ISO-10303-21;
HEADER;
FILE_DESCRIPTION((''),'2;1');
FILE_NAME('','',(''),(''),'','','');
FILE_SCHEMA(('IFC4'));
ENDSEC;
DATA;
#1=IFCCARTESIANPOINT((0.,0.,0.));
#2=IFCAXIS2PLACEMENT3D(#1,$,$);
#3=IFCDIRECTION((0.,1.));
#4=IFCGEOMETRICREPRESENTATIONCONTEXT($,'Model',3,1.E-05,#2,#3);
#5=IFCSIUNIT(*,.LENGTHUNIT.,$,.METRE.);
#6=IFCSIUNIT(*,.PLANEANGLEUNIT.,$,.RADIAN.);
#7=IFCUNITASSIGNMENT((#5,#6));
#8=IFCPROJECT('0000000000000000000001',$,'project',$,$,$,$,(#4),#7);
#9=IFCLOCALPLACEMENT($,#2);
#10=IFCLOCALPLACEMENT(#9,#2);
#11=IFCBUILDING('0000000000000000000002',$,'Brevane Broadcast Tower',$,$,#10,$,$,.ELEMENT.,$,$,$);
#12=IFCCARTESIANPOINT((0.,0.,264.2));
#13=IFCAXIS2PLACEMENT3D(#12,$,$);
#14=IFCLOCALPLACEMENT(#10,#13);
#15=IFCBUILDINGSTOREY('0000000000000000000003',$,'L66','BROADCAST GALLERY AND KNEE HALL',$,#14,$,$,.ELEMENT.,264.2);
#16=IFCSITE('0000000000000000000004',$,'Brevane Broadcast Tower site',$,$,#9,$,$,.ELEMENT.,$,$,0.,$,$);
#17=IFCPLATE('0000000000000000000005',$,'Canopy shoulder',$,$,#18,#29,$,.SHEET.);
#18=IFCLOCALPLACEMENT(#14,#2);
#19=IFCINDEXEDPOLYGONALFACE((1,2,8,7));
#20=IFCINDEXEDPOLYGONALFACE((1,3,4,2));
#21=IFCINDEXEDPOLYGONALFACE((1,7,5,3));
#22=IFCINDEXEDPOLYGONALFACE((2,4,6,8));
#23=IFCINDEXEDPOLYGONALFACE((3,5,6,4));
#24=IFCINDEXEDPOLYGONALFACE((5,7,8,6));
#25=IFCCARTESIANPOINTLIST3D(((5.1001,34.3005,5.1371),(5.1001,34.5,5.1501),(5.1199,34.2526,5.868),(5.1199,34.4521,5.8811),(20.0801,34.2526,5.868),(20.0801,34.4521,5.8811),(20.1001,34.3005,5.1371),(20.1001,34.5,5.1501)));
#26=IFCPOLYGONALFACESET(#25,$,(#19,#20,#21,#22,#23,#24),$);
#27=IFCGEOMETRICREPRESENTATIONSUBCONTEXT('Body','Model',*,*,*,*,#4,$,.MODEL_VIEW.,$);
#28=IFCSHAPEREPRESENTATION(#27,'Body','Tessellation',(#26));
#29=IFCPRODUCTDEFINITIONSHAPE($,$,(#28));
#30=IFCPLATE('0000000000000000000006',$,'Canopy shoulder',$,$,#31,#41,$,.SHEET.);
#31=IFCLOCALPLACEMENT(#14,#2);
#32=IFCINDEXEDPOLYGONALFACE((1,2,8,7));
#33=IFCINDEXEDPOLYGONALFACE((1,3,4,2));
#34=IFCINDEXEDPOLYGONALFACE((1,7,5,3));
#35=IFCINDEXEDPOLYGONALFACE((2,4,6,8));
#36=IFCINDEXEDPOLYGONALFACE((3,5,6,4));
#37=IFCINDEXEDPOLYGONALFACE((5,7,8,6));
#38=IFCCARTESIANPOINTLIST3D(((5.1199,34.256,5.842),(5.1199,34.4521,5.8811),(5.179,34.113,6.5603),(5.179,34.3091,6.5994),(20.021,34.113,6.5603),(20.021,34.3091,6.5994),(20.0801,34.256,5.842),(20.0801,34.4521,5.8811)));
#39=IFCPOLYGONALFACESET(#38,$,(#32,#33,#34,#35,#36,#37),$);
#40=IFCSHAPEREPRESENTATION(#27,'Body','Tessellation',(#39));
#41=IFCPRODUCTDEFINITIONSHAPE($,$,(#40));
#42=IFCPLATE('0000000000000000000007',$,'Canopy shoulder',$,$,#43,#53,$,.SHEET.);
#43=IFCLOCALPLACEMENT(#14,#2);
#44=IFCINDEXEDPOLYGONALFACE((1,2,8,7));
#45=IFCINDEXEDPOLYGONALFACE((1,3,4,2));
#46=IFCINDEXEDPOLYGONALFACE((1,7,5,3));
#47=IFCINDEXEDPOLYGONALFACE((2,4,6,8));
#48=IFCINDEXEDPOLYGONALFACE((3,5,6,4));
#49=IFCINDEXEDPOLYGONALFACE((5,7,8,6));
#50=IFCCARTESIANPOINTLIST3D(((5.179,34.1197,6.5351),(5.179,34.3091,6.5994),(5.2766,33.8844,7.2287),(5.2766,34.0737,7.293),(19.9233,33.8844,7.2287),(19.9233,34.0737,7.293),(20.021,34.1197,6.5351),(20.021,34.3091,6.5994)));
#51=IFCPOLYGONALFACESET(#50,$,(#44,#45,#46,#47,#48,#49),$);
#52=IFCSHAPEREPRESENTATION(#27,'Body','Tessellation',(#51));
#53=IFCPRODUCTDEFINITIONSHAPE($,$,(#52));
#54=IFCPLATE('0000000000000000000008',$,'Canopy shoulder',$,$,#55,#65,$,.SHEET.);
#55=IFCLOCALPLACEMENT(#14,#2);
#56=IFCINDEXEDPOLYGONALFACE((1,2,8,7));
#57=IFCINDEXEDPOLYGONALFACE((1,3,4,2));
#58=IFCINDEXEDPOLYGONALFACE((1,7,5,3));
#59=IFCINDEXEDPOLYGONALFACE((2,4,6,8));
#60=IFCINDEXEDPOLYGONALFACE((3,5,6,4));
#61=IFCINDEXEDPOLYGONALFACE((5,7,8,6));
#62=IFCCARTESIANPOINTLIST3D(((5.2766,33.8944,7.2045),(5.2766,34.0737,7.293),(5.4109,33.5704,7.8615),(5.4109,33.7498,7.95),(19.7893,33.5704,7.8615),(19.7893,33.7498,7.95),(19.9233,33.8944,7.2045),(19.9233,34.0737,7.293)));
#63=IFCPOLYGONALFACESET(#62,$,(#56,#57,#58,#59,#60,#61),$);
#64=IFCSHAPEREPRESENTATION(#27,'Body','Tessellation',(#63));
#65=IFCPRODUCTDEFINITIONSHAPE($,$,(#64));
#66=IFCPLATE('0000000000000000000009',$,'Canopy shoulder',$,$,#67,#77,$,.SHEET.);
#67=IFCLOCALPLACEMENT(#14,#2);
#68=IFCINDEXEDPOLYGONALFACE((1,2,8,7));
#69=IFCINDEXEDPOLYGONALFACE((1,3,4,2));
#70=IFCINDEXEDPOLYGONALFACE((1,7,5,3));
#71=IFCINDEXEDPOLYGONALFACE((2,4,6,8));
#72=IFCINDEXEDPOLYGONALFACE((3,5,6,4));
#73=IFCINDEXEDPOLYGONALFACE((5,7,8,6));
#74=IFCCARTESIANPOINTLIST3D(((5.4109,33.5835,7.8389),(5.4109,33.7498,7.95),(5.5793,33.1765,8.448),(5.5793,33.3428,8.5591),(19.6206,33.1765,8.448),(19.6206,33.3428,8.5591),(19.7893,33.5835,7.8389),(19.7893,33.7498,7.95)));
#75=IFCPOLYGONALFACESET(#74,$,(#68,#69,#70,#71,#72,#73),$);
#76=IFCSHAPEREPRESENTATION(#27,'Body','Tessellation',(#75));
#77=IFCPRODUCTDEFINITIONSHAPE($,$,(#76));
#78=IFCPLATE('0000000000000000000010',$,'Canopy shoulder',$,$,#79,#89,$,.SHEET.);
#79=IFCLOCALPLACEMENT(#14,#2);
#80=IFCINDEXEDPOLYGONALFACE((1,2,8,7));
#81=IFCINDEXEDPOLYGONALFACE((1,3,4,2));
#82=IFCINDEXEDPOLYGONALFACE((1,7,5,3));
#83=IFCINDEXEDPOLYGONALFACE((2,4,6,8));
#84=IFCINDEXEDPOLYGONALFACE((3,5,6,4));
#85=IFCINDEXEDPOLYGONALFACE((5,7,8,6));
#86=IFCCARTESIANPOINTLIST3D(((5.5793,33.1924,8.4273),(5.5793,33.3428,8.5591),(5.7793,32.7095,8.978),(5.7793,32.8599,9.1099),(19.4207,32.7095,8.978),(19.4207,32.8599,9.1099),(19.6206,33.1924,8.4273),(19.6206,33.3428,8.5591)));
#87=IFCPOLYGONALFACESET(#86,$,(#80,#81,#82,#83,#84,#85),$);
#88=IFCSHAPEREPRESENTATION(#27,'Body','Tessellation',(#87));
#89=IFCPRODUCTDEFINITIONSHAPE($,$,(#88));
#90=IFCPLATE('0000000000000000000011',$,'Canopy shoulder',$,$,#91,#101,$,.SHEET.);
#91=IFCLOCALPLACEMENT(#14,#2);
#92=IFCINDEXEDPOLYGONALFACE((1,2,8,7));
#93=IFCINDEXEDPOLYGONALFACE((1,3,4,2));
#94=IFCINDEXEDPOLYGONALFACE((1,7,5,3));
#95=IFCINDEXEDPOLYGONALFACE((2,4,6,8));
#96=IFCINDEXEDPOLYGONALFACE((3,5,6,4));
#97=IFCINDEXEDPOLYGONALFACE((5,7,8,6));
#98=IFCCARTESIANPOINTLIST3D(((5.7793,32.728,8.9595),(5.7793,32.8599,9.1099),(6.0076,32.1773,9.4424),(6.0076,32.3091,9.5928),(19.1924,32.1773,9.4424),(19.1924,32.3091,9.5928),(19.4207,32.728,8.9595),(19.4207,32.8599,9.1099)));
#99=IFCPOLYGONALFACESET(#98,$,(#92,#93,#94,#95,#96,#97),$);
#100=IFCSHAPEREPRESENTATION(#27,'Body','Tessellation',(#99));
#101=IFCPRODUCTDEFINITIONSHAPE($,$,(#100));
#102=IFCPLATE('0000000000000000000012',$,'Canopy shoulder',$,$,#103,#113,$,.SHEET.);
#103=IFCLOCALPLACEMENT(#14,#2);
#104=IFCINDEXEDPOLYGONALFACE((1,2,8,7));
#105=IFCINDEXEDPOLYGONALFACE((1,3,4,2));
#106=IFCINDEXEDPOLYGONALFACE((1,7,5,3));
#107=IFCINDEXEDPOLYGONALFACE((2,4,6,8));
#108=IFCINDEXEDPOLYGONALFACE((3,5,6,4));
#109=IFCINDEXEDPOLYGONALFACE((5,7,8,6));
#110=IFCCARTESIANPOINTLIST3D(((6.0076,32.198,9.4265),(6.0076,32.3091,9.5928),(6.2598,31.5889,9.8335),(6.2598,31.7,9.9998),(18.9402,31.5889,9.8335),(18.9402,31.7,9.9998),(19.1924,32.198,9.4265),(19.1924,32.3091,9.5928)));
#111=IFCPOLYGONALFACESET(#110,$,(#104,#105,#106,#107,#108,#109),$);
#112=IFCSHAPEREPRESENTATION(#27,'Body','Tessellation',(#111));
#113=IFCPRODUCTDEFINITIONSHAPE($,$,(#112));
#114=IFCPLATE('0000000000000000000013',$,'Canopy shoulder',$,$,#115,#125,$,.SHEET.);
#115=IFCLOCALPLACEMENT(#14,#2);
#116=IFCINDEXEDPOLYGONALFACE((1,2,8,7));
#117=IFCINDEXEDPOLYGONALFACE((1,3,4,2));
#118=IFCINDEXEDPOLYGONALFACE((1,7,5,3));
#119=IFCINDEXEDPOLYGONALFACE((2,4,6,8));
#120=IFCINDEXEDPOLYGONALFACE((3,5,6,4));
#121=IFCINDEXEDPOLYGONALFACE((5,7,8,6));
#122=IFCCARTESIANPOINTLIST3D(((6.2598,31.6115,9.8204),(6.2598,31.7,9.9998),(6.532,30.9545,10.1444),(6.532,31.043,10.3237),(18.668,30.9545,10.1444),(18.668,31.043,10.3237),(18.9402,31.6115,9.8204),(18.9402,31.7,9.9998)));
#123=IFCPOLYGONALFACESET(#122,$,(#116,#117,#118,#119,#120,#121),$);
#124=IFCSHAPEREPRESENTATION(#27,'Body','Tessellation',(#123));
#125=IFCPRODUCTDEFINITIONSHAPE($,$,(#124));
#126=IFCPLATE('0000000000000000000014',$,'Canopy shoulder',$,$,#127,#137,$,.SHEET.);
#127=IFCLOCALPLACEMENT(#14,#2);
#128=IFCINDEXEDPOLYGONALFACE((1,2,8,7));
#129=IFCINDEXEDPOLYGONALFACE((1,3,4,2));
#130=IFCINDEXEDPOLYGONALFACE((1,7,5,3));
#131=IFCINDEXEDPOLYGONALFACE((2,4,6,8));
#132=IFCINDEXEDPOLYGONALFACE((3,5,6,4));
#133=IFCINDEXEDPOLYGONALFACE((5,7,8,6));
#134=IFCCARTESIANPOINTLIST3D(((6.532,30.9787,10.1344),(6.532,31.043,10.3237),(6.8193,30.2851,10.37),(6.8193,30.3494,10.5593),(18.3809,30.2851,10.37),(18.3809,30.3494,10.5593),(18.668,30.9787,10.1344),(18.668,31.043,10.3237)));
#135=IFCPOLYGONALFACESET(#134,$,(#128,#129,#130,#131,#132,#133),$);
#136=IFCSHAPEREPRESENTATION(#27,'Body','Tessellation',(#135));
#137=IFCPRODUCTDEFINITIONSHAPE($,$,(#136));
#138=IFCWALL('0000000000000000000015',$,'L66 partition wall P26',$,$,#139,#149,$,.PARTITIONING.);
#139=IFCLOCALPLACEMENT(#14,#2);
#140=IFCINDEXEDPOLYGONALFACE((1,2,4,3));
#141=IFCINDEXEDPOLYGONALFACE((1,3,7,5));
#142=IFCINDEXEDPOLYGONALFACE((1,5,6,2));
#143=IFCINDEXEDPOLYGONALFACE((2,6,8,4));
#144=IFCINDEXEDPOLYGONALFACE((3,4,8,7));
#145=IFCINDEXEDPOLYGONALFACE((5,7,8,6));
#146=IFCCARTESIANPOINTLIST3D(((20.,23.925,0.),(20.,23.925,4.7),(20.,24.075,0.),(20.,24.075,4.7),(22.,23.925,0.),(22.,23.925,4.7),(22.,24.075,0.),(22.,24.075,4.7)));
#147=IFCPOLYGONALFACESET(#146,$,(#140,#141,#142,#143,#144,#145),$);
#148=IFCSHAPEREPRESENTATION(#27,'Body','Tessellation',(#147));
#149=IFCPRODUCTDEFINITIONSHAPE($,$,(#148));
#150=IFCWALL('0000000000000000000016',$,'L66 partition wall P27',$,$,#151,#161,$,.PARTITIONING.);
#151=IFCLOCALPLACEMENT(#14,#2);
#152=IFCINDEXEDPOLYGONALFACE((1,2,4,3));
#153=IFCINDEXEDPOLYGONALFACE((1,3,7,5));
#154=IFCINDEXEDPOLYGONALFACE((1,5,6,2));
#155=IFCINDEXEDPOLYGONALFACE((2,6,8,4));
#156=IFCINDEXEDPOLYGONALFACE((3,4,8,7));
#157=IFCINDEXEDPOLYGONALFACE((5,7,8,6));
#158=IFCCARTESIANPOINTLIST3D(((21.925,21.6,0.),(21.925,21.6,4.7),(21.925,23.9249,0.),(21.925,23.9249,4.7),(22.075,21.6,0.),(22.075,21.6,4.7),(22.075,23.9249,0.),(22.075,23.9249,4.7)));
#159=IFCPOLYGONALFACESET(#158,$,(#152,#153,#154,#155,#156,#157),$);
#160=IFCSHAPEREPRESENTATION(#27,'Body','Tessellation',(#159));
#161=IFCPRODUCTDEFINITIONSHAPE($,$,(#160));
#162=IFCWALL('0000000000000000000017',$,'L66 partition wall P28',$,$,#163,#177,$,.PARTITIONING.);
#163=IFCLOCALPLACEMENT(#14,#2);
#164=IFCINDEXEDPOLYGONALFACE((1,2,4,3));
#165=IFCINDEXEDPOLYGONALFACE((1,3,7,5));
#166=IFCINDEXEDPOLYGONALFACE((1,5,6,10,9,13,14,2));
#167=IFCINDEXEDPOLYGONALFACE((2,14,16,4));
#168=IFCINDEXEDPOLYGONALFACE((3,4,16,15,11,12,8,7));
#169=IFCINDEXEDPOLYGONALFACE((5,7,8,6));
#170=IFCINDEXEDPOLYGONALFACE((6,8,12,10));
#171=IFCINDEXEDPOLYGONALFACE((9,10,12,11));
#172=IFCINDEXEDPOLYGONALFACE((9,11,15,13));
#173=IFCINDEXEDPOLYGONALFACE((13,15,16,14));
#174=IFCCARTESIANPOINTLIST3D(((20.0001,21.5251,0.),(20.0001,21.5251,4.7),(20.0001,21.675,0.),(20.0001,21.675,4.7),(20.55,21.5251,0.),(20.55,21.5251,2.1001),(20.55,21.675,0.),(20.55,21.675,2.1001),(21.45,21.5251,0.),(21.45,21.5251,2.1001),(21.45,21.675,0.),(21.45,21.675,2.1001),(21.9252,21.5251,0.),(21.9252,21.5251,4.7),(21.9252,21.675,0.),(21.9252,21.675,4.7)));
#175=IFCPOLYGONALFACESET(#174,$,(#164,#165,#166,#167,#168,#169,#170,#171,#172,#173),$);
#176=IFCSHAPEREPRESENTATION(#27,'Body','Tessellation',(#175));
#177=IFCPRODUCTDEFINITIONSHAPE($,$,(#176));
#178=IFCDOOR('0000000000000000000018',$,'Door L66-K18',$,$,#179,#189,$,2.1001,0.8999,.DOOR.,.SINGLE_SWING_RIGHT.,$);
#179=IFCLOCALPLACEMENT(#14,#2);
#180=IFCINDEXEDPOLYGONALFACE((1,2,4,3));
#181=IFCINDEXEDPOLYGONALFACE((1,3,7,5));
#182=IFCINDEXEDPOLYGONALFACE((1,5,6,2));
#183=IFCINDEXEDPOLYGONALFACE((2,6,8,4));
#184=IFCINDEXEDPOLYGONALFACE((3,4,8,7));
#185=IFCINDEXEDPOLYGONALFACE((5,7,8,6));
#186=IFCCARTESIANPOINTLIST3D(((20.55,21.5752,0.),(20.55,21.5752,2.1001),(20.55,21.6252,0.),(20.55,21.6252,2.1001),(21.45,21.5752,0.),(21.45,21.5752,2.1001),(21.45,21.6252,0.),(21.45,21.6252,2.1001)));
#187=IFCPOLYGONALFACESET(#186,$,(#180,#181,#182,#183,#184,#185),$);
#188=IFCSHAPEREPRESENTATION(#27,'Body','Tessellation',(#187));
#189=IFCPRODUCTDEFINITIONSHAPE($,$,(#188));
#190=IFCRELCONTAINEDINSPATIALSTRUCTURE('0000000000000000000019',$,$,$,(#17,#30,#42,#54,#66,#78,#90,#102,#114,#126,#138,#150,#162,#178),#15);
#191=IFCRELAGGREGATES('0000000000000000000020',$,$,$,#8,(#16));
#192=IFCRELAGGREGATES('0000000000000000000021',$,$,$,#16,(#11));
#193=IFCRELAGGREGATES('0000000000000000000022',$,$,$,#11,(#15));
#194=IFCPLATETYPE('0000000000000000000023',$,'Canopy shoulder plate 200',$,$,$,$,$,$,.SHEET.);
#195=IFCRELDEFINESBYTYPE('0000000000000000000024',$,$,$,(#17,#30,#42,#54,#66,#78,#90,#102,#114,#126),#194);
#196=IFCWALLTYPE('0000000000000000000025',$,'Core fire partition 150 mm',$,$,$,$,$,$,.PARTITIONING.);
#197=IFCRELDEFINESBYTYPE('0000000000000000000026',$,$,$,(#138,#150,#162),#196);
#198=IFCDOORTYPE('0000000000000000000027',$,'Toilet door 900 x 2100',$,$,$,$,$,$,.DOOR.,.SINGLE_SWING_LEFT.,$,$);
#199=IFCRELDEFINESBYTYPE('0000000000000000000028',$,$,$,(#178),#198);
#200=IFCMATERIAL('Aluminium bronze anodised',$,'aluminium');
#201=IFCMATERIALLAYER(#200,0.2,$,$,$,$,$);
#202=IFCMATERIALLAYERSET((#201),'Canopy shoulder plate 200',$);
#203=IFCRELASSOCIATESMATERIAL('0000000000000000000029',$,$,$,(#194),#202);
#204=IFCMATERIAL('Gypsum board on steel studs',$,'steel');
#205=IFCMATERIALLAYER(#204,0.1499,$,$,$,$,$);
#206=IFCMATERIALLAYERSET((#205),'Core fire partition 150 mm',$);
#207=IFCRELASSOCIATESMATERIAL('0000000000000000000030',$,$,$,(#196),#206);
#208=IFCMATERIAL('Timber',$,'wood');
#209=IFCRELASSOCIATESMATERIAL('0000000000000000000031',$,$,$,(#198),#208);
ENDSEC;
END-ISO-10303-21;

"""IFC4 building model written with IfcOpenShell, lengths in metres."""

from ifc_helpers import new_model, si_unit, direction, frame, frame_2d, origin, place, context, subcontext, project, spatial, polyline, rectangle, outline, extrude, material, layer, layer_set, type_object, element, fill, save


model = new_model("IFC4")

# Units and contexts
model_context = context("Model", 3, precision=1e-05, world=origin(), true_north=direction((0.0, 1.0)))
body_context = subcontext(model_context, "Body", "Model", "MODEL_VIEW")
ifc_project = project(units=[si_unit("LENGTHUNIT", "METRE"), si_unit("PLANEANGLEUNIT", "RADIAN")], contexts=[model_context])

# Site, building, storey
site_placement = place(None, origin())
site = spatial("IfcSite", under=ifc_project, at=site_placement, Name="Brevane Broadcast Tower site", CompositionType="ELEMENT", RefElevation=0.0)
building_placement = place(site_placement, origin())
building = spatial("IfcBuilding", under=site, at=building_placement, Name="Brevane Broadcast Tower", CompositionType="ELEMENT")
storey_placement = place(building_placement, frame((0.0, 0.0, 264.2)))
storey = spatial("IfcBuildingStorey", under=building, at=storey_placement, Name="L66", Description="BROADCAST GALLERY AND KNEE HALL", CompositionType="ELEMENT", Elevation=264.2)

# Plates
ifc_material_1 = material(Name="Aluminium bronze anodised", Category="aluminium")
ifc_layer_1 = layer(ifc_material_1, 0.2)
ifc_layer_set_1 = layer_set([ifc_layer_1], Name="Canopy shoulder plate 200")
plate_type_1 = type_object("IfcPlateType", Name="Canopy shoulder plate 200", PredefinedType="SHEET", material=ifc_layer_set_1)
plate_1_placement = place(storey_placement, frame((20.1001, 34.5, 5.1501), z_axis=(0.0, 0.997864, 0.065324), x_axis=(-1.0, 0.0, 0.0)))
element("IfcPlate", 1, at=plate_1_placement, inside=storey, type_object=plate_type_1, Name="Canopy shoulder", PredefinedType="SHEET", context=body_context, shape_type="SweptSolid", body=[
    extrude(outline(polyline([(0.0, 0.0), (15.0, 0.0), (14.9802, 0.7325), (0.02, 0.7325), (0.0, 0.0)])), origin(), (0.0, 0.0, -1.0), 0.2),
])
plate_2_placement = place(storey_placement, frame((20.0801, 34.4521, 5.8811), z_axis=(0.0, 0.980734, 0.195347), x_axis=(-1.0, 0.0, 0.0)))
element("IfcPlate", 2, at=plate_2_placement, inside=storey, type_object=plate_type_1, Name="Canopy shoulder", PredefinedType="SHEET", context=body_context, shape_type="SweptSolid", body=[
    extrude(outline(polyline([(0.0, 0.0), (14.9602, 0.0), (14.9011, 0.7324), (0.0591, 0.7324), (0.0, 0.0)])), origin(), (0.0, 0.0, -1.0), 0.2),
])
plate_3_placement = place(storey_placement, frame((20.021, 34.3091, 6.5994), z_axis=(0.0, 0.94697, 0.321323), x_axis=(-1.0, 0.0, 0.0)))
element("IfcPlate", 3, at=plate_3_placement, inside=storey, type_object=plate_type_1, Name="Canopy shoulder", PredefinedType="SHEET", context=body_context, shape_type="SweptSolid", body=[
    extrude(outline(polyline([(0.0, 0.0), (14.842, 0.0), (14.7444, 0.7324), (0.0977, 0.7324), (0.0, 0.0)])), origin(), (0.0, 0.0, -1.0), 0.2),
])
plate_4_placement = place(storey_placement, frame((19.9233, 34.0737, 7.293), z_axis=(0.0, 0.89688, 0.442274), x_axis=(-1.0, 0.0, 0.0)))
element("IfcPlate", 4, at=plate_4_placement, inside=storey, type_object=plate_type_1, Name="Canopy shoulder", PredefinedType="SHEET", context=body_context, shape_type="SweptSolid", body=[
    extrude(outline(polyline([(0.0, 0.0), (14.6467, 0.0), (14.5125, 0.7325), (0.134, 0.7325), (0.0, 0.0)])), origin(), (0.0, 0.0, -1.0), 0.2),
])
plate_5_placement = place(storey_placement, frame((19.7893, 33.7498, 7.95), z_axis=(0.0, 0.831486, 0.555546), x_axis=(-1.0, 0.0, 0.0)))
element("IfcPlate", 5, at=plate_5_placement, inside=storey, type_object=plate_type_1, Name="Canopy shoulder", PredefinedType="SHEET", context=body_context, shape_type="SweptSolid", body=[
    extrude(outline(polyline([(0.0, 0.0), (14.3784, 0.0), (14.21, 0.7326), (0.1687, 0.7326), (0.0, 0.0)])), origin(), (0.0, 0.0, -1.0), 0.2),
])
plate_6_placement = place(storey_placement, frame((19.6206, 33.3428, 8.5591), z_axis=(0.0, 0.751916, 0.659259), x_axis=(-1.0, 0.0, 0.0)))
element("IfcPlate", 6, at=plate_6_placement, inside=storey, type_object=plate_type_1, Name="Canopy shoulder", PredefinedType="SHEET", context=body_context, shape_type="SweptSolid", body=[
    extrude(outline(polyline([(0.0, 0.0), (14.0413, 0.0), (13.8413, 0.7325), (0.2, 0.7325), (0.0, 0.0)])), origin(), (0.0, 0.0, -1.0), 0.2),
])
plate_7_placement = place(storey_placement, frame((19.4207, 32.8599, 9.1099), z_axis=(0.0, 0.659259, 0.751916), x_axis=(-1.0, 0.0, 0.0)))
element("IfcPlate", 7, at=plate_7_placement, inside=storey, type_object=plate_type_1, Name="Canopy shoulder", PredefinedType="SHEET", context=body_context, shape_type="SweptSolid", body=[
    extrude(outline(polyline([(0.0, 0.0), (13.6414, 0.0), (13.4131, 0.7325), (0.2283, 0.7325), (0.0, 0.0)])), origin(), (0.0, 0.0, -1.0), 0.2),
])
plate_8_placement = place(storey_placement, frame((19.1924, 32.3091, 9.5928), z_axis=(0.0, 0.555546, 0.831486), x_axis=(-1.0, 0.0, 0.0)))
element("IfcPlate", 8, at=plate_8_placement, inside=storey, type_object=plate_type_1, Name="Canopy shoulder", PredefinedType="SHEET", context=body_context, shape_type="SweptSolid", body=[
    extrude(outline(polyline([(0.0, 0.0), (13.1848, 0.0), (12.9326, 0.7326), (0.2522, 0.7326), (0.0, 0.0)])), origin(), (0.0, 0.0, -1.0), 0.2),
])
plate_9_placement = place(storey_placement, frame((18.9402, 31.7, 9.9998), z_axis=(0.0, 0.442274, 0.89688), x_axis=(-1.0, 0.0, 0.0)))
element("IfcPlate", 9, at=plate_9_placement, inside=storey, type_object=plate_type_1, Name="Canopy shoulder", PredefinedType="SHEET", context=body_context, shape_type="SweptSolid", body=[
    extrude(outline(polyline([(0.0, 0.0), (12.6804, 0.0), (12.4082, 0.7325), (0.2722, 0.7325), (0.0, 0.0)])), origin(), (0.0, 0.0, -1.0), 0.2),
])
plate_10_placement = place(storey_placement, frame((18.668, 31.043, 10.3237), z_axis=(0.0, 0.321622, 0.946868), x_axis=(-1.0, 0.0, 0.0)))
element("IfcPlate", 10, at=plate_10_placement, inside=storey, type_object=plate_type_1, Name="Canopy shoulder", PredefinedType="SHEET", context=body_context, shape_type="SweptSolid", body=[
    extrude(outline(polyline([(0.0, 0.0), (12.136, 0.0), (11.8486, 0.7325), (0.2871, 0.7325), (0.0, 0.0)])), origin(), (0.0, 0.0, -1.0), 0.2),
])

# Walls
ifc_material_2 = material(Name="Gypsum board on steel studs", Category="steel")
ifc_layer_2 = layer(ifc_material_2, 0.1499)
ifc_layer_set_2 = layer_set([ifc_layer_2], Name="Core fire partition 150 mm")
wall_type_1 = type_object("IfcWallType", Name="Core fire partition 150 mm", PredefinedType="PARTITIONING", material=ifc_layer_set_2)
wall_1_placement = place(storey_placement, frame((20.0, 24.0, 0.0), z_axis=(0.0, 0.0, 1.0), x_axis=(1.0, 0.0, 0.0)))
element("IfcWall", 11, at=wall_1_placement, inside=storey, type_object=wall_type_1, Name="L66 partition wall P26", PredefinedType="PARTITIONING", context=body_context, shape_type="SweptSolid", body=[
    extrude(rectangle(XDim=2.0, YDim=0.1499, at=frame_2d((1.0, 0.0))), origin(), (0.0, 0.0, 1.0), 4.7),
])
wall_2_placement = place(storey_placement, frame((22.0, 23.925, 0.0), z_axis=(0.0, 0.0, 1.0), x_axis=(0.0, -1.0, 0.0)))
element("IfcWall", 12, at=wall_2_placement, inside=storey, type_object=wall_type_1, Name="L66 partition wall P27", PredefinedType="PARTITIONING", context=body_context, shape_type="SweptSolid", body=[
    extrude(rectangle(XDim=2.325, YDim=0.1499, at=frame_2d((1.1626, 0.0))), origin(), (0.0, 0.0, 1.0), 4.7),
])

# Wall, opening, door
wall_3_placement = place(storey_placement, frame((21.925, 21.6001, 0.0), z_axis=(0.0, 0.0, 1.0), x_axis=(-1.0, 0.0, 0.0)))
wall_3 = element("IfcWall", 13, at=wall_3_placement, inside=storey, type_object=wall_type_1, Name="L66 partition wall P28", PredefinedType="PARTITIONING", context=body_context, shape_type="SweptSolid", body=[
    extrude(rectangle(XDim=1.925, YDim=0.1499, at=frame_2d((0.9624, 0.0))), origin(), (0.0, 0.0, 1.0), 4.7),
])
opening_1_placement = place(wall_3_placement, frame((0.4751, 0.0, 0.0)))
opening_1 = element("IfcOpeningElement", 14, at=opening_1_placement, cuts=wall_3, PredefinedType="OPENING", context=body_context, shape_type="SweptSolid", body=[
    extrude(rectangle(XDim=0.8999, YDim=2.1001, at=frame_2d((0.45, 1.05))), frame((0.0, 0.085, 0.0), z_axis=(0.0, -1.0, 0.0), x_axis=(1.0, 0.0, 0.0)), (0.0, 0.0, 1.0), 0.1699),
])
ifc_material_3 = material(Name="Timber", Category="wood")
door_type_1 = type_object("IfcDoorType", Name="Toilet door 900 x 2100", OperationType="SINGLE_SWING_LEFT", PredefinedType="DOOR", material=ifc_material_3)
door_1_placement = place(opening_1_placement, origin())
door_1 = element("IfcDoor", 15, at=door_1_placement, inside=storey, type_object=door_type_1, Name="Door L66-K18", OperationType="SINGLE_SWING_RIGHT", OverallHeight=2.1001, OverallWidth=0.8999, PredefinedType="DOOR", context=body_context, shape_type="SweptSolid", body=[
    extrude(rectangle(XDim=0.8999, YDim=2.1001, at=frame_2d((0.45, 1.05))), frame((0.0, 0.0249, 0.0), z_axis=(0.0, -1.0, 0.0), x_axis=(1.0, 0.0, 0.0)), (0.0, 0.0, 1.0), 0.05),
])
fill(opening_1, door_1)

save(model, "model.ifc")
